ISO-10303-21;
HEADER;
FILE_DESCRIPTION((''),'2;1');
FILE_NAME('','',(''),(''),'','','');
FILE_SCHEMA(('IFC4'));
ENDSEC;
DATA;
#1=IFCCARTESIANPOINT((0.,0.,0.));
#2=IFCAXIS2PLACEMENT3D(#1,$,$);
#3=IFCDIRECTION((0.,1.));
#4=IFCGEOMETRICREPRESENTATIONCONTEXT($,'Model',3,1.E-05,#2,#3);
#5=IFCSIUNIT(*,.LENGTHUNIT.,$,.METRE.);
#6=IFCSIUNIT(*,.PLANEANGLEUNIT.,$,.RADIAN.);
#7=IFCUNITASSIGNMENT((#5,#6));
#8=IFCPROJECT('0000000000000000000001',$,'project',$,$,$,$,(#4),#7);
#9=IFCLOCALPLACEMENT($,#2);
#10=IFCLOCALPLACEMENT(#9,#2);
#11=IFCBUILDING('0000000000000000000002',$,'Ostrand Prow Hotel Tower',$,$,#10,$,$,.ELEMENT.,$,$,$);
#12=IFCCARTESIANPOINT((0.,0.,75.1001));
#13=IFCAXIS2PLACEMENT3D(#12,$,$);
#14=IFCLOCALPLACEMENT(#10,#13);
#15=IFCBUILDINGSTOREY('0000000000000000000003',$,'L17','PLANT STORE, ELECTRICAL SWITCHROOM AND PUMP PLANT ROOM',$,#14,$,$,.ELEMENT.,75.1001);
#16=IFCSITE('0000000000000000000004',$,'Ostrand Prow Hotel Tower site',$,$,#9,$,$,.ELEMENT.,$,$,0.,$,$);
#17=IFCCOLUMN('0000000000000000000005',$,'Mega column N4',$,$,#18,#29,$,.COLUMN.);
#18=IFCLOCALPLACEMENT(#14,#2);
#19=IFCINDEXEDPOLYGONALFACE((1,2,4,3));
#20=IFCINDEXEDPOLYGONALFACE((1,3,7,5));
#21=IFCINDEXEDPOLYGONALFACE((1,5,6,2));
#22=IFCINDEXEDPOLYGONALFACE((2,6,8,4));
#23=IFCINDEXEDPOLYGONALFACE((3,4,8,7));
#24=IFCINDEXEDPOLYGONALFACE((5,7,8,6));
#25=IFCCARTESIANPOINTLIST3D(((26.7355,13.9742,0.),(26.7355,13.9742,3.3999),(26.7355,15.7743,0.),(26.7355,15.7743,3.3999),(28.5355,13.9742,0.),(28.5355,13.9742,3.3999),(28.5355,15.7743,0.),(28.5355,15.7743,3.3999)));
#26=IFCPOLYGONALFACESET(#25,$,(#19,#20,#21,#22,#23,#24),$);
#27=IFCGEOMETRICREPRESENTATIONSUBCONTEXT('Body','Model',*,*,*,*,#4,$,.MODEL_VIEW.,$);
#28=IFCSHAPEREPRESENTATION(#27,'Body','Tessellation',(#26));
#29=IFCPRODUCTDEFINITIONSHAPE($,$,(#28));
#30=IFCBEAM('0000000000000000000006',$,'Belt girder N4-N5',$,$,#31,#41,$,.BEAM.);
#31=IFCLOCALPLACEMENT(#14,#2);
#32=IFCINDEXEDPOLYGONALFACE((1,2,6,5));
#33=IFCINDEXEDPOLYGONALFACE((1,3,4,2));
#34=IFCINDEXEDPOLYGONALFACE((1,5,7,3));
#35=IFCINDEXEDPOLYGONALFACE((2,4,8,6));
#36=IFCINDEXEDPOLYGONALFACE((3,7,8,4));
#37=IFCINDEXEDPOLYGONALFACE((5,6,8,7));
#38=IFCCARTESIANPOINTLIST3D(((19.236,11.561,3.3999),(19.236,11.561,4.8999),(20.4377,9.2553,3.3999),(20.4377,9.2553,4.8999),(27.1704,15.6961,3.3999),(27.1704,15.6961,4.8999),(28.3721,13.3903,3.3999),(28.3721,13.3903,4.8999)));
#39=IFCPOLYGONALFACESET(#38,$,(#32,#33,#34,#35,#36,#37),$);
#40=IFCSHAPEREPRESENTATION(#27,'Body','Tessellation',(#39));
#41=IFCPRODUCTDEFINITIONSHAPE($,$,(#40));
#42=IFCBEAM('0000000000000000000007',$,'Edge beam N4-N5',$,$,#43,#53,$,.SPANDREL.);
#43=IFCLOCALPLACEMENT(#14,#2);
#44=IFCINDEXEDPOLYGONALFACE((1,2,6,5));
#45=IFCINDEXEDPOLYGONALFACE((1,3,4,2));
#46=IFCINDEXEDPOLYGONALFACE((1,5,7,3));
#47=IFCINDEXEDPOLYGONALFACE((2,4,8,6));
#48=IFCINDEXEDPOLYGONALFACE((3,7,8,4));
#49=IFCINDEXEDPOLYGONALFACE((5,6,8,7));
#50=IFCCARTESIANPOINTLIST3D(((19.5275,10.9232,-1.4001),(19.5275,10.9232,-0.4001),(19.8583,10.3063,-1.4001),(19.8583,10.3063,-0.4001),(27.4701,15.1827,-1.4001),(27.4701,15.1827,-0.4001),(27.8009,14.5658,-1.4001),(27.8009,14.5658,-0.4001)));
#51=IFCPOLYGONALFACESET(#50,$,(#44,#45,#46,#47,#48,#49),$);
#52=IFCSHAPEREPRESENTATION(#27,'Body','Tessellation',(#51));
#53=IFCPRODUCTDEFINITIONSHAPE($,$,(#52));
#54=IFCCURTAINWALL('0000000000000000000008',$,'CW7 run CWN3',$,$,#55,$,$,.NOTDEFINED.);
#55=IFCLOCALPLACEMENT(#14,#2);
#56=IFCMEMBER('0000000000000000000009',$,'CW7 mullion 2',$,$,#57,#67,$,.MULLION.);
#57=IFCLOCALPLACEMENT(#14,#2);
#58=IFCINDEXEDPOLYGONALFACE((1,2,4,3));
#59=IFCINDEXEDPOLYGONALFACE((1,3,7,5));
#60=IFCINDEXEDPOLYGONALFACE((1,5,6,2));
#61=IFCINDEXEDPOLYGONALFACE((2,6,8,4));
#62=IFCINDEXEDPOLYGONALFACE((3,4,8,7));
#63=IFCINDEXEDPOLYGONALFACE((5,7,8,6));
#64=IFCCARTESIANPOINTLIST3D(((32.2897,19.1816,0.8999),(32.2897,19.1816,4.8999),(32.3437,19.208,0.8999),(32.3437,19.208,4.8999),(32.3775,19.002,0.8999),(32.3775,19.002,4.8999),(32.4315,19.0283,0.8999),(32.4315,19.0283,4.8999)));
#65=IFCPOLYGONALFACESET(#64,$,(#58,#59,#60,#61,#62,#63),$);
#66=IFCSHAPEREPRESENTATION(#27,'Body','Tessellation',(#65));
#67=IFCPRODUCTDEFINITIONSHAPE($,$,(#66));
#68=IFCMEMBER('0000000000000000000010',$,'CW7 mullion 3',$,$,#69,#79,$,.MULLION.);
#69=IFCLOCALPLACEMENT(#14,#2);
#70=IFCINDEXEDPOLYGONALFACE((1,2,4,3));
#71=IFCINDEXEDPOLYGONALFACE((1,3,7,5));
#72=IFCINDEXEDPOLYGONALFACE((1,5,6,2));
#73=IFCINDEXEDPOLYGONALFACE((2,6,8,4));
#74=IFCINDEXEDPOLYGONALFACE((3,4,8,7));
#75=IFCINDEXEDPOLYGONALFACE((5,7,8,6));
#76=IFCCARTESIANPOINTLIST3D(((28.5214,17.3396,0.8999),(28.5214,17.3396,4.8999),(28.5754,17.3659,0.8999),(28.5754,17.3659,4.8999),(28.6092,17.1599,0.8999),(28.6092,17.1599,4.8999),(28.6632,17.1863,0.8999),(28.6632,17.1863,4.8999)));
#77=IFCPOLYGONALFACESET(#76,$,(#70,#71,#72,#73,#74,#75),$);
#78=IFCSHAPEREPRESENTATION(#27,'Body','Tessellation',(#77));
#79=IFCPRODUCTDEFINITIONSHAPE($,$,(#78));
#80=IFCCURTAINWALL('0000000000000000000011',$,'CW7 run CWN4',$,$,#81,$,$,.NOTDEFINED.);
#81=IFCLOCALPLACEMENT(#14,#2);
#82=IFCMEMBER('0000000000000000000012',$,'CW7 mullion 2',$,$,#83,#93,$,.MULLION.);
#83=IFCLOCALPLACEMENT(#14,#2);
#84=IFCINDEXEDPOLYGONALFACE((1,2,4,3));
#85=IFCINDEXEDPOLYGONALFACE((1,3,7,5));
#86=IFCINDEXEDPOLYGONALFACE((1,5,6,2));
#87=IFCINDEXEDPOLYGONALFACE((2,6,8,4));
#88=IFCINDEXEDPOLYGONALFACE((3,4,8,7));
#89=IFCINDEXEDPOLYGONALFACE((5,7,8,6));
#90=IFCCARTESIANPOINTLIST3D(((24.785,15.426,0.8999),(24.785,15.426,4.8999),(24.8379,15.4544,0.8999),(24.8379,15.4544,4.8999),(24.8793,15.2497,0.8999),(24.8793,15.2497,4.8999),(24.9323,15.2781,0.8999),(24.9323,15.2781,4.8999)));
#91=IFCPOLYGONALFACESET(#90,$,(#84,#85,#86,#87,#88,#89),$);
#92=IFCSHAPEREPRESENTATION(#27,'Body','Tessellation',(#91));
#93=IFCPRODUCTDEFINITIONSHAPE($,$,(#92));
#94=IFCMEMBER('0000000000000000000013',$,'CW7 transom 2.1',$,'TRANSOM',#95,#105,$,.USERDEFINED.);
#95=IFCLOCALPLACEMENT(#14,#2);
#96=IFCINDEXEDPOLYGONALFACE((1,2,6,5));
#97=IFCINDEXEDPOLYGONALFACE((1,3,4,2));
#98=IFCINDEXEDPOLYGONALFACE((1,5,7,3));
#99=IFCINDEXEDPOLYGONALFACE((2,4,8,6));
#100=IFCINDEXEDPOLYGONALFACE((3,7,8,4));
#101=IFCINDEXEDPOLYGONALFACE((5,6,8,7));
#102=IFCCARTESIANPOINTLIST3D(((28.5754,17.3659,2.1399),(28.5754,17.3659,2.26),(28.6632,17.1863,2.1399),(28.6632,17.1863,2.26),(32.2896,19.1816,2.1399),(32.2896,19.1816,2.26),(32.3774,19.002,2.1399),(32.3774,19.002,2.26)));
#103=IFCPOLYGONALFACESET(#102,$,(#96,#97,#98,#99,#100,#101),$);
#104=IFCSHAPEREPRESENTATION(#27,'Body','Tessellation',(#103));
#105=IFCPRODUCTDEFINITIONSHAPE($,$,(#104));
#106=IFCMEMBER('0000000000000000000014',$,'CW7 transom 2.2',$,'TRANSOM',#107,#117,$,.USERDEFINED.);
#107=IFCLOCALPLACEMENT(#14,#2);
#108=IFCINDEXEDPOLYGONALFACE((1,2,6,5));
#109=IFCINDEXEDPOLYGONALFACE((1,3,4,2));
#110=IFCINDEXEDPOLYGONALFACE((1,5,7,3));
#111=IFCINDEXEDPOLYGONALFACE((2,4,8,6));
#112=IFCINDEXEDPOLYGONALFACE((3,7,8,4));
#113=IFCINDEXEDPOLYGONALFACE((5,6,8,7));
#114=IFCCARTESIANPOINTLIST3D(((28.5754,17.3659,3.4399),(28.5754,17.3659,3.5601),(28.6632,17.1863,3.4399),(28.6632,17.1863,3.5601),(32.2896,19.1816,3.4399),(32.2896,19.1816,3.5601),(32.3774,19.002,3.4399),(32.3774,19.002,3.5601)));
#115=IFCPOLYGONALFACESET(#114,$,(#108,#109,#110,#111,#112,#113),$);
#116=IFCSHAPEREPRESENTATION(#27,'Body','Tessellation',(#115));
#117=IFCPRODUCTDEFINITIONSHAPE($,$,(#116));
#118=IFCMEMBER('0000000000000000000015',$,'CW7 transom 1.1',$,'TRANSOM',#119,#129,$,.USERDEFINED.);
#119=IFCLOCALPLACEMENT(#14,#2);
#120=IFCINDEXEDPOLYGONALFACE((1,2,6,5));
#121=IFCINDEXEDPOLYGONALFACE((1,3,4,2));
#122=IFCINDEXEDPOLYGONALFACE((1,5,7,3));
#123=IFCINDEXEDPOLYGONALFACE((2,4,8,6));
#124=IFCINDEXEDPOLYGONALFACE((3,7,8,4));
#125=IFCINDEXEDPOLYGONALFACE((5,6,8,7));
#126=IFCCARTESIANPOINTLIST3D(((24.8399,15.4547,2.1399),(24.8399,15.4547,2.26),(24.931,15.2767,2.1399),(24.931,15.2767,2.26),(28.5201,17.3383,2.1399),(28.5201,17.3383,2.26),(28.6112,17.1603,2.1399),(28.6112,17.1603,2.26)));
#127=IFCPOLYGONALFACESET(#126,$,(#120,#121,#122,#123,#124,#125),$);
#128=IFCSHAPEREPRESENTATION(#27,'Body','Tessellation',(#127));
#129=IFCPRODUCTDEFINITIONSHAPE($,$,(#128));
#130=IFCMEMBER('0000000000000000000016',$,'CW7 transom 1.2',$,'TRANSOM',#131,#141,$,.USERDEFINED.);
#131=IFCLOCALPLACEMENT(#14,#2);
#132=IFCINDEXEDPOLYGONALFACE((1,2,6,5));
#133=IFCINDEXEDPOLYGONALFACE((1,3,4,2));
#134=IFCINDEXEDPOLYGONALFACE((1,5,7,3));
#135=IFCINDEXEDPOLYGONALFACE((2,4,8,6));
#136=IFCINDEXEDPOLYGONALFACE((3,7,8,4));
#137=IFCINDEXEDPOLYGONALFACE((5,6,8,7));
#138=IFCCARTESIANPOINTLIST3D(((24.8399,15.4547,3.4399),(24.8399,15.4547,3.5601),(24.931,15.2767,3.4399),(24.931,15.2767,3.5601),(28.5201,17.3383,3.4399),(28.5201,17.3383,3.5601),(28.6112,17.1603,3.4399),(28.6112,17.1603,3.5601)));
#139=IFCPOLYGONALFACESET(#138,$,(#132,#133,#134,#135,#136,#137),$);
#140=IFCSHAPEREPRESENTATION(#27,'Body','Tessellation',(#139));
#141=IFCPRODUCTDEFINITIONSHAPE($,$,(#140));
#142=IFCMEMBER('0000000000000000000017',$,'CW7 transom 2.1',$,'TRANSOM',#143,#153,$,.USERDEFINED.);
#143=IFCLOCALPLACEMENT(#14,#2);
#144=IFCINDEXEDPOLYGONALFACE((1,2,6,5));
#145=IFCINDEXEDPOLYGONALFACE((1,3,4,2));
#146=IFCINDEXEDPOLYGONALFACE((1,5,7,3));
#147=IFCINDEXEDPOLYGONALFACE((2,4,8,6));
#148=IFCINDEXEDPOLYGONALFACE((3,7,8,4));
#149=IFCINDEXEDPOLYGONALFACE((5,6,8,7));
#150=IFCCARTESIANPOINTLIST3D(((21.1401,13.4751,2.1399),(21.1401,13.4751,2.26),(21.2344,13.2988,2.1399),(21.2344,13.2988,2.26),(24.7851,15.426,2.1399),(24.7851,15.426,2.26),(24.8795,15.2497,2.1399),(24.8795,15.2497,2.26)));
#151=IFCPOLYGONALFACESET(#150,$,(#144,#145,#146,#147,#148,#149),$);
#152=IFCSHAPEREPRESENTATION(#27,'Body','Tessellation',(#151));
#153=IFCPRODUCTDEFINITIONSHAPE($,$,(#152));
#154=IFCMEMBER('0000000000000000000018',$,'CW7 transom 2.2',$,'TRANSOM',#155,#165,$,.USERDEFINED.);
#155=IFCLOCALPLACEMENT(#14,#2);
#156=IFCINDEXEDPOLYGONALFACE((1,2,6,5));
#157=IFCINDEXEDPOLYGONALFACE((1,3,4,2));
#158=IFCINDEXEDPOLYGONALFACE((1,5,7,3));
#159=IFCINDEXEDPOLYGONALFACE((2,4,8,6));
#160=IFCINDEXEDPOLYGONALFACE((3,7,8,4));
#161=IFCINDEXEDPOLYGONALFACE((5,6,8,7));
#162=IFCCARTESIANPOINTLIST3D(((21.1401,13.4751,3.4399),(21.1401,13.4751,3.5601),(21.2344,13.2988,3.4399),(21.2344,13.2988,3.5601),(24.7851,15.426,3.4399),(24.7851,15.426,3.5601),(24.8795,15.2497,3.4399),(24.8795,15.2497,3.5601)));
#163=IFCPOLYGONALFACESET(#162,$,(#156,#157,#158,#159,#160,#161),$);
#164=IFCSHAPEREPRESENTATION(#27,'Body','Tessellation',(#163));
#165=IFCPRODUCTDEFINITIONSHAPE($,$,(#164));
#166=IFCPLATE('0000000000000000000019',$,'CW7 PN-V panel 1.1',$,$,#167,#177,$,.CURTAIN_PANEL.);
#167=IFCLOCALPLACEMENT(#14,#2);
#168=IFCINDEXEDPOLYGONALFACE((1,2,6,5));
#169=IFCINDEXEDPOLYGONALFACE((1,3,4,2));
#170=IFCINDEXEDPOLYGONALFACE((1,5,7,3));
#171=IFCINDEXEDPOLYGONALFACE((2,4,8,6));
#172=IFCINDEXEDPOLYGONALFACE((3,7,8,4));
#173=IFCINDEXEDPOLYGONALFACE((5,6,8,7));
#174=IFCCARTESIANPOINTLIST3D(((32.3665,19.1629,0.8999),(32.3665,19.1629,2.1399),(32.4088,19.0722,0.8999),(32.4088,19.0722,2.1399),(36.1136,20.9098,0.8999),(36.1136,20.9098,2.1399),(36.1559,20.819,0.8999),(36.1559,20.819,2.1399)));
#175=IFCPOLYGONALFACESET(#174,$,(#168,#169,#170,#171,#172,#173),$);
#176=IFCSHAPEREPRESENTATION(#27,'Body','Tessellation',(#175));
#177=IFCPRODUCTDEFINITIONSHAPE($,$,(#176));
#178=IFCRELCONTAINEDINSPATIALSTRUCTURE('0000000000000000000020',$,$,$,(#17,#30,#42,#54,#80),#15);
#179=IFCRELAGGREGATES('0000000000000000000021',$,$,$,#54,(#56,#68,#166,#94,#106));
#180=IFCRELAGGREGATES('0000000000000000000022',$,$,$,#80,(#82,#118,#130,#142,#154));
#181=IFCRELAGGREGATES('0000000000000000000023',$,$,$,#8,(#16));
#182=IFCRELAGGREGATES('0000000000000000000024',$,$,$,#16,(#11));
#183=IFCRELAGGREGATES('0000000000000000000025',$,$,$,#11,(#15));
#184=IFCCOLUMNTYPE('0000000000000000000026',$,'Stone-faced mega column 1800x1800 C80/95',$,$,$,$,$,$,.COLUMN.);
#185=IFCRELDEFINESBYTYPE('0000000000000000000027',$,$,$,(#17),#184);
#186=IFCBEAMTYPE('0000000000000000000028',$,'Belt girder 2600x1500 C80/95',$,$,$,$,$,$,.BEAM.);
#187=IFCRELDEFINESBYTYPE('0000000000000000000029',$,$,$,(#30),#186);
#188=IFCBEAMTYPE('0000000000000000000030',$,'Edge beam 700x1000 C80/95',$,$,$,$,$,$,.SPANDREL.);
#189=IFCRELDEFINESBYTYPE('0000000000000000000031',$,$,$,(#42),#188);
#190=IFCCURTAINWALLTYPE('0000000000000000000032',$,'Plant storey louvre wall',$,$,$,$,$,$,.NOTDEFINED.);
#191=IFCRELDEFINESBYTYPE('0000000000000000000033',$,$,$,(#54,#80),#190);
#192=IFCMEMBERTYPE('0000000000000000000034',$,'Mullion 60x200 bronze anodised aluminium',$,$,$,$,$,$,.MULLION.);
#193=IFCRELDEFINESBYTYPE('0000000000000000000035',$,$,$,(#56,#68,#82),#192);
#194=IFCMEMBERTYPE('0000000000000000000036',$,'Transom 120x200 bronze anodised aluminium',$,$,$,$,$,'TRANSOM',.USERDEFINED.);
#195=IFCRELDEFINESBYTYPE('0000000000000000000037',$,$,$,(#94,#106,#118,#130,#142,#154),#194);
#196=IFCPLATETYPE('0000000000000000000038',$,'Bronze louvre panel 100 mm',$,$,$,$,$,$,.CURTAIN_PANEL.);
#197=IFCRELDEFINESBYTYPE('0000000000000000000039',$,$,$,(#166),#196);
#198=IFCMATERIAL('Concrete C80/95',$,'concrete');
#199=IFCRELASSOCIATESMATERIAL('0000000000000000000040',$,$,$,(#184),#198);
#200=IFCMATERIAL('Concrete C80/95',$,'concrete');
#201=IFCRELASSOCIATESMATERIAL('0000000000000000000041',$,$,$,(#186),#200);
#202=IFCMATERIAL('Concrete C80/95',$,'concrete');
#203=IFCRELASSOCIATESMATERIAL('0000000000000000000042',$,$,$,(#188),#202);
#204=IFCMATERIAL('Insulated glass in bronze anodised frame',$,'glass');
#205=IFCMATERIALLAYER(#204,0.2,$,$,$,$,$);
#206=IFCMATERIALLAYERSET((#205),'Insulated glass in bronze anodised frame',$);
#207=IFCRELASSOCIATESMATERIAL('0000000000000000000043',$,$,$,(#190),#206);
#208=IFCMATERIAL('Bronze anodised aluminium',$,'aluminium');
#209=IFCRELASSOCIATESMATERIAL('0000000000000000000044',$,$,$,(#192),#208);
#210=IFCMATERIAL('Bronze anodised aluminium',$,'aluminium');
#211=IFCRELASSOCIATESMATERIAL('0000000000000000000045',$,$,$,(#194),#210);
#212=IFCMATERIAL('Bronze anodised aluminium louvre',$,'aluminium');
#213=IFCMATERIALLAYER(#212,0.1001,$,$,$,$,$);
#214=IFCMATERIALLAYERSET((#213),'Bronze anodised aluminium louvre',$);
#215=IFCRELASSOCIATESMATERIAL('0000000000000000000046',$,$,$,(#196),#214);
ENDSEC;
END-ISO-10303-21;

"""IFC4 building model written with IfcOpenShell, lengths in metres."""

from ifc_helpers import new_model, si_unit, direction, frame, origin, origin_2d, place, context, subcontext, project, spatial, rectangle, extrude, material, layer, layer_set, material_profile, profile_set, type_object, element, aggregate, save


model = new_model("IFC4")

# Units and contexts
model_context = context("Model", 3, precision=1e-05, world=origin(), true_north=direction((0.0, 1.0)))
body_context = subcontext(model_context, "Body", "Model", "MODEL_VIEW")
ifc_project = project(units=[si_unit("LENGTHUNIT", "METRE"), si_unit("PLANEANGLEUNIT", "RADIAN")], contexts=[model_context])

# Site, building, storey
site_placement = place(None, origin())
site = spatial("IfcSite", under=ifc_project, at=site_placement, Name="Ostrand Prow Hotel Tower site", CompositionType="ELEMENT", RefElevation=0.0)
building_placement = place(site_placement, origin())
building = spatial("IfcBuilding", under=site, at=building_placement, Name="Ostrand Prow Hotel Tower", CompositionType="ELEMENT")
storey_placement = place(building_placement, frame((0.0, 0.0, 75.1001)))
storey = spatial("IfcBuildingStorey", under=building, at=storey_placement, Name="L17", Description="PLANT STORE, ELECTRICAL SWITCHROOM AND PUMP PLANT ROOM", CompositionType="ELEMENT", Elevation=75.1001)

# Column
ifc_material_1 = material(Name="Concrete C80/95", Category="concrete")
ifc_material_profile_1 = material_profile(ifc_material_1, rectangle(XDim=1.8, YDim=1.8, at=origin_2d()), Name="RC 1800x1800")
ifc_profile_set_1 = profile_set([ifc_material_profile_1], Name="Concrete C80/95")
column_type = type_object("IfcColumnType", Name="Stone-faced mega column 1800x1800 C80/95", PredefinedType="COLUMN", material=ifc_profile_set_1)
column_placement = place(storey_placement, frame((27.6355, 14.8743, 0.0), z_axis=(0.0, 0.0, 1.0), x_axis=(1.0, 0.0, 0.0)))
element("IfcColumn", 1, at=column_placement, inside=storey, type_object=column_type, Name="Mega column N4", PredefinedType="COLUMN", context=body_context, shape_type="SweptSolid", body=[
    extrude(rectangle(XDim=1.8, YDim=1.8, at=origin_2d()), origin(), (0.0, 0.0, 1.0), 3.3999),
])

# Beams
ifc_material_2 = material(Name="Concrete C80/95", Category="concrete")
ifc_material_profile_2 = material_profile(ifc_material_2, rectangle(XDim=2.6001, YDim=1.5, at=origin_2d()), Name="RC 2600x1500")
ifc_profile_set_2 = profile_set([ifc_material_profile_2], Name="Concrete C80/95")
beam_type_1 = type_object("IfcBeamType", Name="Belt girder 2600x1500 C80/95", PredefinedType="BEAM", material=ifc_profile_set_2)
beam_1_placement = place(storey_placement, frame((27.7712, 14.5432, 4.1499), z_axis=(-0.886797, -0.462158, 0.0), x_axis=(0.462158, -0.886797, 0.0)))
element("IfcBeam", 2, at=beam_1_placement, inside=storey, type_object=beam_type_1, Name="Belt girder N4-N5", PredefinedType="BEAM", context=body_context, shape_type="SweptSolid", body=[
    extrude(rectangle(XDim=2.6001, YDim=1.5, at=origin_2d()), origin(), (0.0, 0.0, 1.0), 8.9473),
])
ifc_material_3 = material(Name="Concrete C80/95", Category="concrete")
ifc_material_profile_3 = material_profile(ifc_material_3, rectangle(XDim=0.7, YDim=1.0, at=origin_2d()), Name="RC 700x1000")
ifc_profile_set_3 = profile_set([ifc_material_profile_3], Name="Concrete C80/95")
beam_type_2 = type_object("IfcBeamType", Name="Edge beam 700x1000 C80/95", PredefinedType="SPANDREL", material=ifc_profile_set_3)
beam_2_placement = place(storey_placement, frame((27.6355, 14.8743, -0.9001), z_axis=(-0.88127, -0.472613, 0.0), x_axis=(0.472613, -0.88127, 0.0)))
element("IfcBeam", 3, at=beam_2_placement, inside=storey, type_object=beam_type_2, Name="Edge beam N4-N5", PredefinedType="SPANDREL", context=body_context, shape_type="SweptSolid", body=[
    extrude(rectangle(XDim=0.7, YDim=1.0, at=origin_2d()), origin(), (0.0, 0.0, 1.0), 9.0127),
])

# Curtain wall, members
ifc_material_4 = material(Name="Insulated glass in bronze anodised frame", Category="glass")
ifc_layer_1 = layer(ifc_material_4, 0.2)
ifc_layer_set_1 = layer_set([ifc_layer_1], Name="Insulated glass in bronze anodised frame")
curtain_wall_type = type_object("IfcCurtainWallType", Name="Plant storey louvre wall", PredefinedType="NOTDEFINED", material=ifc_layer_set_1)
curtain_wall_1_placement = place(storey_placement, origin())
curtain_wall_1 = element("IfcCurtainWall", 4, at=curtain_wall_1_placement, inside=storey, type_object=curtain_wall_type, Name="CW7 run CWN3", PredefinedType="NOTDEFINED")
ifc_material_5 = material(Name="Bronze anodised aluminium", Category="aluminium")
ifc_material_profile_4 = material_profile(ifc_material_5, rectangle(XDim=0.2, YDim=0.0601, at=origin_2d()), Name="Mullion 60x200 bronze anodised aluminium")
ifc_profile_set_4 = profile_set([ifc_material_profile_4], Name="Bronze anodised aluminium")
member_type_1 = type_object("IfcMemberType", Name="Mullion 60x200 bronze anodised aluminium", PredefinedType="MULLION", material=ifc_profile_set_4)
member_1_placement = place(storey_placement, frame((32.3606, 19.105, 0.8999), z_axis=(0.0, 0.0, 1.0), x_axis=(0.439138, -0.89842, 0.0)))
member_1 = element("IfcMember", 5, at=member_1_placement, type_object=member_type_1, Name="CW7 mullion 2", PredefinedType="MULLION", context=body_context, shape_type="SweptSolid", body=[
    extrude(rectangle(XDim=0.2, YDim=0.0601, at=origin_2d()), origin(), (0.0, 0.0, 1.0), 4.0),
])
member_2_placement = place(storey_placement, frame((28.5923, 17.2629, 0.8999), z_axis=(0.0, 0.0, 1.0), x_axis=(0.439138, -0.89842, 0.0)))
member_2 = element("IfcMember", 6, at=member_2_placement, type_object=member_type_1, Name="CW7 mullion 3", PredefinedType="MULLION", context=body_context, shape_type="SweptSolid", body=[
    extrude(rectangle(XDim=0.2, YDim=0.0601, at=origin_2d()), origin(), (0.0, 0.0, 1.0), 4.0),
])

# Curtain wall, member
curtain_wall_2_placement = place(storey_placement, origin())
curtain_wall_2 = element("IfcCurtainWall", 7, at=curtain_wall_2_placement, inside=storey, type_object=curtain_wall_type, Name="CW7 run CWN4", PredefinedType="NOTDEFINED")
member_3_placement = place(storey_placement, frame((24.8586, 15.3521, 0.8999), z_axis=(0.0, 0.0, 1.0), x_axis=(0.4719, -0.881652, 0.0)))
member_3 = element("IfcMember", 8, at=member_3_placement, type_object=member_type_1, Name="CW7 mullion 2", PredefinedType="MULLION", context=body_context, shape_type="SweptSolid", body=[
    extrude(rectangle(XDim=0.2, YDim=0.0601, at=origin_2d()), origin(), (0.0, 0.0, 1.0), 4.0),
])

# Members
ifc_material_6 = material(Name="Bronze anodised aluminium", Category="aluminium")
ifc_material_profile_5 = material_profile(ifc_material_6, rectangle(XDim=0.2, YDim=0.1201, at=origin_2d()), Name="Transom 120x200 bronze anodised aluminium")
ifc_profile_set_5 = profile_set([ifc_material_profile_5], Name="Bronze anodised aluminium")
member_type_2 = type_object("IfcMemberType", Name="Transom 120x200 bronze anodised aluminium", ElementType="TRANSOM", PredefinedType="USERDEFINED", material=ifc_profile_set_5)
member_4_placement = place(storey_placement, frame((32.3335, 19.0918, 2.2), z_axis=(-0.898395, -0.439188, 0.0), x_axis=(0.439188, -0.898395, 0.0)))
member_4 = element("IfcMember", 9, at=member_4_placement, type_object=member_type_2, Name="CW7 transom 2.1", ObjectType="TRANSOM", PredefinedType="USERDEFINED", context=body_context, shape_type="SweptSolid", body=[
    extrude(rectangle(XDim=0.2, YDim=0.1201, at=origin_2d()), origin(), (0.0, 0.0, 1.0), 4.1343),
])
member_5_placement = place(storey_placement, frame((32.3335, 19.0918, 3.5), z_axis=(-0.898395, -0.439188, 0.0), x_axis=(0.439188, -0.898395, 0.0)))
member_5 = element("IfcMember", 10, at=member_5_placement, type_object=member_type_2, Name="CW7 transom 2.2", ObjectType="TRANSOM", PredefinedType="USERDEFINED", context=body_context, shape_type="SweptSolid", body=[
    extrude(rectangle(XDim=0.2, YDim=0.1201, at=origin_2d()), origin(), (0.0, 0.0, 1.0), 4.1343),
])
member_6_placement = place(storey_placement, frame((28.5657, 17.2493, 2.2), z_axis=(-0.890183, -0.455603, 0.0), x_axis=(0.455603, -0.890183, 0.0)))
member_6 = element("IfcMember", 11, at=member_6_placement, type_object=member_type_2, Name="CW7 transom 1.1", ObjectType="TRANSOM", PredefinedType="USERDEFINED", context=body_context, shape_type="SweptSolid", body=[
    extrude(rectangle(XDim=0.2, YDim=0.1201, at=origin_2d()), origin(), (0.0, 0.0, 1.0), 4.1343),
])
member_7_placement = place(storey_placement, frame((28.5657, 17.2493, 3.5), z_axis=(-0.890183, -0.455603, 0.0), x_axis=(0.455603, -0.890183, 0.0)))
member_7 = element("IfcMember", 12, at=member_7_placement, type_object=member_type_2, Name="CW7 transom 1.2", ObjectType="TRANSOM", PredefinedType="USERDEFINED", context=body_context, shape_type="SweptSolid", body=[
    extrude(rectangle(XDim=0.2, YDim=0.1201, at=origin_2d()), origin(), (0.0, 0.0, 1.0), 4.1343),
])
member_8_placement = place(storey_placement, frame((24.8323, 15.3379, 2.2), z_axis=(-0.881657, -0.47189, 0.0), x_axis=(0.47189, -0.881657, 0.0)))
member_8 = element("IfcMember", 13, at=member_8_placement, type_object=member_type_2, Name="CW7 transom 2.1", ObjectType="TRANSOM", PredefinedType="USERDEFINED", context=body_context, shape_type="SweptSolid", body=[
    extrude(rectangle(XDim=0.2, YDim=0.1201, at=origin_2d()), origin(), (0.0, 0.0, 1.0), 4.1343),
])
member_9_placement = place(storey_placement, frame((24.8323, 15.3379, 3.5), z_axis=(-0.881657, -0.47189, 0.0), x_axis=(0.47189, -0.881657, 0.0)))
member_9 = element("IfcMember", 14, at=member_9_placement, type_object=member_type_2, Name="CW7 transom 2.2", ObjectType="TRANSOM", PredefinedType="USERDEFINED", context=body_context, shape_type="SweptSolid", body=[
    extrude(rectangle(XDim=0.2, YDim=0.1201, at=origin_2d()), origin(), (0.0, 0.0, 1.0), 4.1343),
])

# Plate
ifc_material_7 = material(Name="Bronze anodised aluminium louvre", Category="aluminium")
ifc_layer_2 = layer(ifc_material_7, 0.1001)
ifc_layer_set_2 = layer_set([ifc_layer_2], Name="Bronze anodised aluminium louvre")
plate_type = type_object("IfcPlateType", Name="Bronze louvre panel 100 mm", PredefinedType="CURTAIN_PANEL", material=ifc_layer_set_2)
plate_1_placement = place(storey_placement, frame((34.2612, 19.991, 0.8999), z_axis=(0.0, 0.0, 1.0), x_axis=(-0.906349, -0.42253, 0.0)))
plate_1 = element("IfcPlate", 15, at=plate_1_placement, type_object=plate_type, Name="CW7 PN-V panel 1.1", PredefinedType="CURTAIN_PANEL", context=body_context, shape_type="SweptSolid", body=[
    extrude(rectangle(XDim=4.1343, YDim=0.1001, at=origin_2d()), origin(), (0.0, 0.0, 1.0), 1.24),
])
aggregate(curtain_wall_1, [member_1, member_2, plate_1, member_4, member_5])
aggregate(curtain_wall_2, [member_3, member_6, member_7, member_8, member_9])

save(model, "model.ifc")
